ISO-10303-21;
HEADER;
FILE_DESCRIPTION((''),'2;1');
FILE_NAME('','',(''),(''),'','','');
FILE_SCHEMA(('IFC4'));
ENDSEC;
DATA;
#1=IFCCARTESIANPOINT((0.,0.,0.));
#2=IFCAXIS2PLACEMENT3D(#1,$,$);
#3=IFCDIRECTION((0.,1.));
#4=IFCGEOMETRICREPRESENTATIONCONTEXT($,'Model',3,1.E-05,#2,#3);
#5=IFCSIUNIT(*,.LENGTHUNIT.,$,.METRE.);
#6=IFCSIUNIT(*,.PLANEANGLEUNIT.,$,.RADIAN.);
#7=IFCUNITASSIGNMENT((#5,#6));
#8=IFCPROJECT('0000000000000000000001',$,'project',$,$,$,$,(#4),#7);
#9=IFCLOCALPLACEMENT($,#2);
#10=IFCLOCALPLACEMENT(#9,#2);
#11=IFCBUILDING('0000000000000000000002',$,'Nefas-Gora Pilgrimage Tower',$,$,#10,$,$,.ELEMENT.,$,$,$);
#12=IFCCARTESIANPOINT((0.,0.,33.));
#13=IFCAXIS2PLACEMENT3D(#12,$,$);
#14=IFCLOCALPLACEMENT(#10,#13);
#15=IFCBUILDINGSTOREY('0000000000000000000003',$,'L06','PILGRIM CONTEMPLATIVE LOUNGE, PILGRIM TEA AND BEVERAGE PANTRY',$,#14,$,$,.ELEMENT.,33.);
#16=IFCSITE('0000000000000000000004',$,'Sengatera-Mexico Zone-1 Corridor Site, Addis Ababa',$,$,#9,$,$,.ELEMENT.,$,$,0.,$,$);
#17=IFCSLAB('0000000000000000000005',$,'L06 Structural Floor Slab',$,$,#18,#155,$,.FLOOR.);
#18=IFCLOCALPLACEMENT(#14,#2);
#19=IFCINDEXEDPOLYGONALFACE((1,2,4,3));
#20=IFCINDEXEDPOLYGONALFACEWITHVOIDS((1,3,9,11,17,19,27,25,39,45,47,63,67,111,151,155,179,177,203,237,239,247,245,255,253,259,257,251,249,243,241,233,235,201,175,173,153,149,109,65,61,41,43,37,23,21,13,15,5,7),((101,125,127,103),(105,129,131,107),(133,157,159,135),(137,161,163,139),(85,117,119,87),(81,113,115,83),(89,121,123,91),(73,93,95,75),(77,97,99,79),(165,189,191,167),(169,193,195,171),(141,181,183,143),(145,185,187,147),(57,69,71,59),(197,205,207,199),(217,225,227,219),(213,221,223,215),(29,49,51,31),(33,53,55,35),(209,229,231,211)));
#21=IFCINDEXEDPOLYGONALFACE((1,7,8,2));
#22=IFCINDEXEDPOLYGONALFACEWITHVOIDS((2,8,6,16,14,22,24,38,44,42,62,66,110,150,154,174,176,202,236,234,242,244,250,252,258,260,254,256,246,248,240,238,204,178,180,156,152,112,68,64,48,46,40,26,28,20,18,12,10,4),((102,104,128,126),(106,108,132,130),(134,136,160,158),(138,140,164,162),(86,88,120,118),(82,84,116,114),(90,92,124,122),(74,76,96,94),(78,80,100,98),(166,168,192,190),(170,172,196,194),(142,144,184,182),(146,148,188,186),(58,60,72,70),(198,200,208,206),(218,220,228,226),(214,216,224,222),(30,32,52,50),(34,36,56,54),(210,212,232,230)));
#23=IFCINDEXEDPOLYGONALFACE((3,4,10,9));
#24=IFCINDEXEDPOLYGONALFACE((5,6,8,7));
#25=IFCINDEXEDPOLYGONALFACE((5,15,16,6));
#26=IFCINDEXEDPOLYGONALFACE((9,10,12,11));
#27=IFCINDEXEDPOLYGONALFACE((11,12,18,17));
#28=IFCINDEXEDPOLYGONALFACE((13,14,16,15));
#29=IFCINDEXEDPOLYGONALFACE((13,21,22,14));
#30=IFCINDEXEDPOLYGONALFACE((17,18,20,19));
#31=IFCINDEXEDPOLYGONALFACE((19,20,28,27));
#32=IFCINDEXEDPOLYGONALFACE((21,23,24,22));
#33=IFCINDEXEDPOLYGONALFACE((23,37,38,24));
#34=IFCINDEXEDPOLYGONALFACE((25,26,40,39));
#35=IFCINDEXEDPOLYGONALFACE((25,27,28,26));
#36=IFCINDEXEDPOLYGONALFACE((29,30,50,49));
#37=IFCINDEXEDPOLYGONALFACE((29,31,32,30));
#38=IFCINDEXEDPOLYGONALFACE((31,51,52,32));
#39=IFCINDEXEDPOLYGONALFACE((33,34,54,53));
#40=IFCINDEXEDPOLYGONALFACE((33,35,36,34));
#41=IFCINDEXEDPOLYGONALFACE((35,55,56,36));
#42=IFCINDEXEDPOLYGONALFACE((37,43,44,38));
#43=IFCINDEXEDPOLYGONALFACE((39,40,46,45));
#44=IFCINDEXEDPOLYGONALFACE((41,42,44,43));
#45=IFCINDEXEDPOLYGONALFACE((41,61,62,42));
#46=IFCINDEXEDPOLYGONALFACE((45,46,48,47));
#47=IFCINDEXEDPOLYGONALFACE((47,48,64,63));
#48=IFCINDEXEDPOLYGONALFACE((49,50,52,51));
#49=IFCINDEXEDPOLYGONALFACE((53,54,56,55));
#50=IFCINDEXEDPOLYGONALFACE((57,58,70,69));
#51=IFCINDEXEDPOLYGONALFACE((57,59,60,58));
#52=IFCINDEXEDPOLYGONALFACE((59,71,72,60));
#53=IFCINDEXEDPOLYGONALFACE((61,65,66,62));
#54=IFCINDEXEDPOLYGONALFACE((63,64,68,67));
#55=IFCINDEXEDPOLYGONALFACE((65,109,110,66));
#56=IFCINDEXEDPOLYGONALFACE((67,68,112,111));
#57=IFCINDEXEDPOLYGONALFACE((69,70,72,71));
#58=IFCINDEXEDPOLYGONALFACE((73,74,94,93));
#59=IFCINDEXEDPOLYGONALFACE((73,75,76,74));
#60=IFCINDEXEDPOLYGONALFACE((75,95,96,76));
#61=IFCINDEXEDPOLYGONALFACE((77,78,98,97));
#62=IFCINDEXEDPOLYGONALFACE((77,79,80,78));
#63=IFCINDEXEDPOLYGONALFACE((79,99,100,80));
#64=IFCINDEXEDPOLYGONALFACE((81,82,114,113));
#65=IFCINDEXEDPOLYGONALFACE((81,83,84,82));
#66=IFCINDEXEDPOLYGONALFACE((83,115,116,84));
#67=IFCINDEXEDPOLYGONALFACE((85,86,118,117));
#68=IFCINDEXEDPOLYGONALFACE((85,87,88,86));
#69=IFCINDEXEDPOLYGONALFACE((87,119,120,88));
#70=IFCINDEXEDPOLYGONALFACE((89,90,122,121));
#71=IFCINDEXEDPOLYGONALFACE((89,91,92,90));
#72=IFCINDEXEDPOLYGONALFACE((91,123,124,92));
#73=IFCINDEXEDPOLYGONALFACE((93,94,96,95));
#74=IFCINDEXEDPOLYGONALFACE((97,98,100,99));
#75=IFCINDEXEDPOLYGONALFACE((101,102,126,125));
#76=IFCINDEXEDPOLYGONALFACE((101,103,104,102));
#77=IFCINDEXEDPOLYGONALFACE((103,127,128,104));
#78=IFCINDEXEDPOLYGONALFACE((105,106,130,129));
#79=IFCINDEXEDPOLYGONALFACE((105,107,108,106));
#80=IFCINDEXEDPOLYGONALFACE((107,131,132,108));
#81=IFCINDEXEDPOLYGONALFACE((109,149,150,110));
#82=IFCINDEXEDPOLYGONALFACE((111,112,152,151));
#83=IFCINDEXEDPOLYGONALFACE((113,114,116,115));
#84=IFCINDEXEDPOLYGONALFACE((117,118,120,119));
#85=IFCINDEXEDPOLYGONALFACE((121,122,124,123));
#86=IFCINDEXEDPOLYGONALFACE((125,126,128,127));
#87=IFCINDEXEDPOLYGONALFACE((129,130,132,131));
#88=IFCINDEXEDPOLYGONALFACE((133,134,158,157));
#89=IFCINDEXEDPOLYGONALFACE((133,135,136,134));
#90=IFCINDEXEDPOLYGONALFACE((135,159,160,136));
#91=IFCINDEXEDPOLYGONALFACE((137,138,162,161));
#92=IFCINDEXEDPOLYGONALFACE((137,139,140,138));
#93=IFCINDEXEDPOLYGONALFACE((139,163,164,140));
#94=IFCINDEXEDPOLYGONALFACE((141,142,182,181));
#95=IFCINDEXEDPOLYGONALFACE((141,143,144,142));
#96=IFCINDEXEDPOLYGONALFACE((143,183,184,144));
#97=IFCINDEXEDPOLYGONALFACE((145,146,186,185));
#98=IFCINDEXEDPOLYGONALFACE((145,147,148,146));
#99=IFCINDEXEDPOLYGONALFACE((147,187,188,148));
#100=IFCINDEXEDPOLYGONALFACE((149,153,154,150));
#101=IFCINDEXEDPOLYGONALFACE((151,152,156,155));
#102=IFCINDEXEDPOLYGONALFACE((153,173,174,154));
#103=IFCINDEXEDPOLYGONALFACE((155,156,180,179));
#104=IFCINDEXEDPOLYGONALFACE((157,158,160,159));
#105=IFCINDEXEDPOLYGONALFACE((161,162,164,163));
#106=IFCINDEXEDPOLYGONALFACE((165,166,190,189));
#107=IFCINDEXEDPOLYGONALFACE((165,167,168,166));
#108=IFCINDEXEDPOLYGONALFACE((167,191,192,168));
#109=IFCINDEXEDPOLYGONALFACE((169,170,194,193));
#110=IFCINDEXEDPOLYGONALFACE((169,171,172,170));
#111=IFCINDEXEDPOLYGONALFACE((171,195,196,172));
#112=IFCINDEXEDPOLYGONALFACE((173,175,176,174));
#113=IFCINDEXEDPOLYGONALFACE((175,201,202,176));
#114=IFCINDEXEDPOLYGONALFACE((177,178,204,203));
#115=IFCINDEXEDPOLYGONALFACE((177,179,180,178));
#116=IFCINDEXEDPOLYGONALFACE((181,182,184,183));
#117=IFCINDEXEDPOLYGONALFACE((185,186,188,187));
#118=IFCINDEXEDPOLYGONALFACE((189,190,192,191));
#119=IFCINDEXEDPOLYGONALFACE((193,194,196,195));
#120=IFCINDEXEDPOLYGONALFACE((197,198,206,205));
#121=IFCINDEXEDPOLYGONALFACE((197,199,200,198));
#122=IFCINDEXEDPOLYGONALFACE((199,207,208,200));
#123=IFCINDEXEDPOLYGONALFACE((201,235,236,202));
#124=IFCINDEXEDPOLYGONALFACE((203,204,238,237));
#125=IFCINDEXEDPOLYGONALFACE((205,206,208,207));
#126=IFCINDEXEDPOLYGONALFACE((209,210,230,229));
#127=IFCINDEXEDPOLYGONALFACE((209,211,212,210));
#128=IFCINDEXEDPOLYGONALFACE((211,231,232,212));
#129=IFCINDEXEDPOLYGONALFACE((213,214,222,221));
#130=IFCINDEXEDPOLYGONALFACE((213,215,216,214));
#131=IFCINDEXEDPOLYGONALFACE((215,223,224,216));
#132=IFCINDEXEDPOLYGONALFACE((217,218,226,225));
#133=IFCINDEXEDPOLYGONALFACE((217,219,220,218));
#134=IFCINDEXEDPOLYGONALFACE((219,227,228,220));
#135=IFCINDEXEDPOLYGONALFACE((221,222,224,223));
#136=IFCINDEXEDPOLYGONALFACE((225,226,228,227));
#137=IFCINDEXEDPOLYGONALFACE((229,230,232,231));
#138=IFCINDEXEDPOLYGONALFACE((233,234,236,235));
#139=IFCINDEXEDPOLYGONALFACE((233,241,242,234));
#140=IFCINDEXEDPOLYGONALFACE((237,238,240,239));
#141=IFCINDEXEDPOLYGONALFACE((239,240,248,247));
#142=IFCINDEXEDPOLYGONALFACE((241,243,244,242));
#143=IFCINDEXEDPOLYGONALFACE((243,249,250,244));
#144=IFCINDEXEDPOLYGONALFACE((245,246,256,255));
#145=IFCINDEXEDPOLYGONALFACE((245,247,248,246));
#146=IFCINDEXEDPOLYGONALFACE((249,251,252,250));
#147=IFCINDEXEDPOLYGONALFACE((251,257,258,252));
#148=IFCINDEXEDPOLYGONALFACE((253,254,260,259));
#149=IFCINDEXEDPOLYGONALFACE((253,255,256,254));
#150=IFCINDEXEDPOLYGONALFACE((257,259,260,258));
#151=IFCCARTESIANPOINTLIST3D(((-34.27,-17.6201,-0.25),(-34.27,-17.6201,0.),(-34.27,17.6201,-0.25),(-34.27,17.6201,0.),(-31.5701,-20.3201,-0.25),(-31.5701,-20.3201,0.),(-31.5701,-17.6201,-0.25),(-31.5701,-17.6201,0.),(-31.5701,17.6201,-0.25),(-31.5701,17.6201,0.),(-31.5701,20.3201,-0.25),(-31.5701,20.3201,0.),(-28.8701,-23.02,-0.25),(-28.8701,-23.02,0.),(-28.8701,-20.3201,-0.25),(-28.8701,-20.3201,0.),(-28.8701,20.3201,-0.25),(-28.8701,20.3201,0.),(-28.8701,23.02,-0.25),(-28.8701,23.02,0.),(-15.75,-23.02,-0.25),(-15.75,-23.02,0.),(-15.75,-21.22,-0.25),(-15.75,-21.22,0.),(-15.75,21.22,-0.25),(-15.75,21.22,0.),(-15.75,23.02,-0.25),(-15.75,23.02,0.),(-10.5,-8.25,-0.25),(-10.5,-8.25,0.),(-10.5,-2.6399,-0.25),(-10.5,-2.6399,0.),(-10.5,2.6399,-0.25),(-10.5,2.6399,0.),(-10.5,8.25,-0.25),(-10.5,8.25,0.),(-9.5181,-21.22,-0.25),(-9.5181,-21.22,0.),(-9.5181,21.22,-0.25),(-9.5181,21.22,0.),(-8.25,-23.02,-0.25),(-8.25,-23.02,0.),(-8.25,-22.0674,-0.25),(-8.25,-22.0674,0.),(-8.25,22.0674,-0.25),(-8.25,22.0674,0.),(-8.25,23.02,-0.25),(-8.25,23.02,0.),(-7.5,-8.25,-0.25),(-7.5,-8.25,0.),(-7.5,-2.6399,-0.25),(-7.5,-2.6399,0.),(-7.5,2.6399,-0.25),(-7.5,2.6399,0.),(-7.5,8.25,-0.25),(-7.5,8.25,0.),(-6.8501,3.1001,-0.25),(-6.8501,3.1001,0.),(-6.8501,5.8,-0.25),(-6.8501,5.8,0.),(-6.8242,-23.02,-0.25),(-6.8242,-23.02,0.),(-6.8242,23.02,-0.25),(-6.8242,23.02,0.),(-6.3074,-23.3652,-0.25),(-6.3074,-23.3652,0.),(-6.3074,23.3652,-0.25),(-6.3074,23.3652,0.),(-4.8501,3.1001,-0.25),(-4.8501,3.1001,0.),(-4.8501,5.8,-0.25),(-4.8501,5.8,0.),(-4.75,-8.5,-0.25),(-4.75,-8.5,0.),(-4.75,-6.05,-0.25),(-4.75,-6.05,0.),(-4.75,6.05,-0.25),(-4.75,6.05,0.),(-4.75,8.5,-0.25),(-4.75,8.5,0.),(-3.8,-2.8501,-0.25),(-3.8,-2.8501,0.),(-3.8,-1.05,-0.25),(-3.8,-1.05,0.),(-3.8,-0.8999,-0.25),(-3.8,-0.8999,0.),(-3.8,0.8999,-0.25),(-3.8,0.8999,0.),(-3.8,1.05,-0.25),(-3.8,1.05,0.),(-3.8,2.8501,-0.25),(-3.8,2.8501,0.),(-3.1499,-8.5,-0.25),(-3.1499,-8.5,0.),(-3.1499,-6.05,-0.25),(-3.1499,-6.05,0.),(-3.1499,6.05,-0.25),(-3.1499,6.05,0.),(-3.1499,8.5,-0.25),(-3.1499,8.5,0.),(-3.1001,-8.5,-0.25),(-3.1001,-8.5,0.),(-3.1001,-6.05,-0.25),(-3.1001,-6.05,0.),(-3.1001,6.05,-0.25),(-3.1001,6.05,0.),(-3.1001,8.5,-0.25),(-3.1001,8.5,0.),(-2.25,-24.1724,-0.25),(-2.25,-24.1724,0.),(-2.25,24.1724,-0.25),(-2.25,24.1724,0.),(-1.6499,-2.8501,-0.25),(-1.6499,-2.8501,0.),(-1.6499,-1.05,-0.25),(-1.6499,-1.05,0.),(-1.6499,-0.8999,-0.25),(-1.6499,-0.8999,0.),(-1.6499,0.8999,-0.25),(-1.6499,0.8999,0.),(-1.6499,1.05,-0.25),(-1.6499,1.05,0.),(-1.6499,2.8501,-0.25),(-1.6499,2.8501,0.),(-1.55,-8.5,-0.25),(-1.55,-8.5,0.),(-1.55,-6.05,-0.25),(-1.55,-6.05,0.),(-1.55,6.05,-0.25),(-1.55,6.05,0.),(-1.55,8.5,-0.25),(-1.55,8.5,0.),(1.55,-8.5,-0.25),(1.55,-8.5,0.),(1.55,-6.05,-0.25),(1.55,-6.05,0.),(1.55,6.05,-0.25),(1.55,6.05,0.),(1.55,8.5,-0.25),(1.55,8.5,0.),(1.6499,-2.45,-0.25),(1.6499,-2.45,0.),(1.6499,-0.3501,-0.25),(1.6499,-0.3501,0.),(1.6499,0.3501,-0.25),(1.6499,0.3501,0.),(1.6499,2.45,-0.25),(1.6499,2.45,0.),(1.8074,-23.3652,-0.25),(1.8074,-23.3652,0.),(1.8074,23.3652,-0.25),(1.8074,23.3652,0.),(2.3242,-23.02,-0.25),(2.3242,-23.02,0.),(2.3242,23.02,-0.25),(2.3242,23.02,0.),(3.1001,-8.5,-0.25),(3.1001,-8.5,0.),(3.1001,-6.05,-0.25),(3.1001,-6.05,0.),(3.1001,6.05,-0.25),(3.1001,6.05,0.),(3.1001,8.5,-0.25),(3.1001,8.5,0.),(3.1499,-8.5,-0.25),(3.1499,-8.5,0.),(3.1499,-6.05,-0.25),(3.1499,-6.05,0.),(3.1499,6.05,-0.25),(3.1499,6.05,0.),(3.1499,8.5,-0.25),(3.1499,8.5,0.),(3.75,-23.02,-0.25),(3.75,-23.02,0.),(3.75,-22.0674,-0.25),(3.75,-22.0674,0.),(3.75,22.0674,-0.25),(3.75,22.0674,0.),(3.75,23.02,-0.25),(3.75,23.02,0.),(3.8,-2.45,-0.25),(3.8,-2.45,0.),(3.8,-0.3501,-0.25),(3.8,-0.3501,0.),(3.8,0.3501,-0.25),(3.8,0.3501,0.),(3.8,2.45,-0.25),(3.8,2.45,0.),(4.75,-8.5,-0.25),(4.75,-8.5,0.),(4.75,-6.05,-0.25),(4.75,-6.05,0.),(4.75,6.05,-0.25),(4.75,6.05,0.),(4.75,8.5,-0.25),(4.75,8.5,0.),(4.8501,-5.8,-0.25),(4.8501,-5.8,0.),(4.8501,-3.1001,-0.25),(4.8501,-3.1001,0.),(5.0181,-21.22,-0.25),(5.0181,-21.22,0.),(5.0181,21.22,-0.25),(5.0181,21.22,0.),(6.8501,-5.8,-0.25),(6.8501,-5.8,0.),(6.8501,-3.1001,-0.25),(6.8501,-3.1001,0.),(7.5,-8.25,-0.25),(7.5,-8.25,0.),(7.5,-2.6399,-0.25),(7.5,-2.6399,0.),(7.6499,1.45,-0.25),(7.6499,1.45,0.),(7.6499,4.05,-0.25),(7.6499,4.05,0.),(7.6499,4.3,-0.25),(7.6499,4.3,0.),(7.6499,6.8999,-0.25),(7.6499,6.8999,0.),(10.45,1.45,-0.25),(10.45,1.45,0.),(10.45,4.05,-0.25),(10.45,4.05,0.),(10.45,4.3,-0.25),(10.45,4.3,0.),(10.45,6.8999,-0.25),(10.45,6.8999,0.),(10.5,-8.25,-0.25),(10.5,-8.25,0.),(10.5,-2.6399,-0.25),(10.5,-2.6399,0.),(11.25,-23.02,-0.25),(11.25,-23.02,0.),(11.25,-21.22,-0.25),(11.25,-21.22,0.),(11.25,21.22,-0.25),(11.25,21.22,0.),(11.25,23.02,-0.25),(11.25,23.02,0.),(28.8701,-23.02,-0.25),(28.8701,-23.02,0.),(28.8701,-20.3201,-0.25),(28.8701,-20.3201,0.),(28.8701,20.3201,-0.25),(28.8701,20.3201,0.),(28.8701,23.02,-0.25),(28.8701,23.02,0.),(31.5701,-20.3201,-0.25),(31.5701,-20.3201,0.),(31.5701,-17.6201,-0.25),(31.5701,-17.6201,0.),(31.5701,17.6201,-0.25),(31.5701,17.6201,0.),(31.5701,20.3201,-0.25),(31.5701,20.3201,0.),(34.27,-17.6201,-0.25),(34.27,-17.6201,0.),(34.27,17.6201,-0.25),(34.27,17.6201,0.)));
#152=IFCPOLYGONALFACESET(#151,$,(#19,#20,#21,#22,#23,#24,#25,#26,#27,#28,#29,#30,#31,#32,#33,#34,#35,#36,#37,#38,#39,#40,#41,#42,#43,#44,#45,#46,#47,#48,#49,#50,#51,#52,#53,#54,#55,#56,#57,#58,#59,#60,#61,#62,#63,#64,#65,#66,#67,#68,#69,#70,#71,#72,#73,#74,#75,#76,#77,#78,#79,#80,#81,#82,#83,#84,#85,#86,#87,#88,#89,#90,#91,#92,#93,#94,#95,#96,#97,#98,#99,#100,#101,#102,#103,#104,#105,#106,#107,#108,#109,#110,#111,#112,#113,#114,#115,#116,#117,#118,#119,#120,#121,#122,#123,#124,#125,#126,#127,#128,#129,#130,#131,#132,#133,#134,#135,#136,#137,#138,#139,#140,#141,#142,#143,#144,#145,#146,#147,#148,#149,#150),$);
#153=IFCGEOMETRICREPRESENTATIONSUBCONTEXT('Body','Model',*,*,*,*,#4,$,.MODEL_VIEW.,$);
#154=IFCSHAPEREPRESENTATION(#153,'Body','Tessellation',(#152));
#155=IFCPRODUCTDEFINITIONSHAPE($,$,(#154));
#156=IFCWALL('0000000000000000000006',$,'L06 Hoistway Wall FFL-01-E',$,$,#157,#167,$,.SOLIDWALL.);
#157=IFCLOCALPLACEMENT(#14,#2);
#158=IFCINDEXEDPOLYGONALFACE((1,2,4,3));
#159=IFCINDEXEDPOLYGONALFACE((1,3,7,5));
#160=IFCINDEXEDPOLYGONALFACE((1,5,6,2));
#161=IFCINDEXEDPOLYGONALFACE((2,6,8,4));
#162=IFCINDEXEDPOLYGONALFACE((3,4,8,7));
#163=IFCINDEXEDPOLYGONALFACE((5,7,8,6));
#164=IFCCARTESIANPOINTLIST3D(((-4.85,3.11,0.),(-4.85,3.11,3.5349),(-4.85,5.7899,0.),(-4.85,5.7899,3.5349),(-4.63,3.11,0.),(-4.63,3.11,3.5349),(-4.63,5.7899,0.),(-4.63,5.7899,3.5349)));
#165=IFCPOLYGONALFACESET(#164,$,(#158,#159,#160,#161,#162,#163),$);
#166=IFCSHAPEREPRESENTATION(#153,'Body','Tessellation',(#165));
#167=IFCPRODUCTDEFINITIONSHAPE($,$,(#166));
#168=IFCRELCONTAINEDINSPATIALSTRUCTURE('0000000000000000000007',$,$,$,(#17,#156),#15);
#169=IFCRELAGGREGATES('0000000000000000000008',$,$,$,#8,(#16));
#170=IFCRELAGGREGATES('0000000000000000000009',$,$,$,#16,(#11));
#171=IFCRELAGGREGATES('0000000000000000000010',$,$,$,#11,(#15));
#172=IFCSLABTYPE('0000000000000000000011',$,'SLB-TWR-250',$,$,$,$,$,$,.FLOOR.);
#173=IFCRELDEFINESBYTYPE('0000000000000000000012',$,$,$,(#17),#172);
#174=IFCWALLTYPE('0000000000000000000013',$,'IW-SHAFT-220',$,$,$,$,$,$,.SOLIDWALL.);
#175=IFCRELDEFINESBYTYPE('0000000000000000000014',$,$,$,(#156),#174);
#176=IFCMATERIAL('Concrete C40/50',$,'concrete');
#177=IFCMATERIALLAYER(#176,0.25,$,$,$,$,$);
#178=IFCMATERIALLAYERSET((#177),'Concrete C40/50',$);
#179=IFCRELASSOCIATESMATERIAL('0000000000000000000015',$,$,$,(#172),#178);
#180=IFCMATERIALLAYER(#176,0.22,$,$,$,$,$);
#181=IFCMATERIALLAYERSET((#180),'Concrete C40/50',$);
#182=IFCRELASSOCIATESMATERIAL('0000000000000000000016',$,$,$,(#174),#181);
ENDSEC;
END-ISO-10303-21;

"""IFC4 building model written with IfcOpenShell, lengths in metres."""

from ifc_helpers import new_model, si_unit, direction, frame, frame_2d, origin, place, context, subcontext, project, spatial, polyline, rectangle, outline, extrude, source, transform, mapped, material, layer, layer_set, type_object, element, save


model = new_model("IFC4")

# Units and contexts
model_context = context("Model", 3, precision=1e-05, world=origin(), true_north=direction((0.0, 1.0)))
body_context = subcontext(model_context, "Body", "Model", "MODEL_VIEW")
ifc_project = project(units=[si_unit("LENGTHUNIT", "METRE"), si_unit("PLANEANGLEUNIT", "RADIAN")], contexts=[model_context])

# Site, building, storey
site_placement = place(None, origin())
site = spatial("IfcSite", under=ifc_project, at=site_placement, Name="Sengatera-Mexico Zone-1 Corridor Site, Addis Ababa", CompositionType="ELEMENT", RefElevation=0.0)
building_placement = place(site_placement, origin())
building = spatial("IfcBuilding", under=site, at=building_placement, Name="Nefas-Gora Pilgrimage Tower", CompositionType="ELEMENT")
storey_placement = place(building_placement, frame((0.0, 0.0, 33.0)))
storey = spatial("IfcBuildingStorey", under=building, at=storey_placement, Name="L06", Description="PILGRIM CONTEMPLATIVE LOUNGE, PILGRIM TEA AND BEVERAGE PANTRY", CompositionType="ELEMENT", Elevation=33.0)

# Slab
ifc_material_1 = material(Name="Concrete C40/50", Category="concrete")
ifc_layer_1 = layer(ifc_material_1, 0.25)
ifc_layer_set_1 = layer_set([ifc_layer_1], Name="Concrete C40/50")
slab_type_1 = type_object("IfcSlabType", Name="SLB-TWR-250", PredefinedType="FLOOR", material=ifc_layer_set_1)
slab_1_placement = place(storey_placement, frame((0.0, 0.0, -0.25)))
element("IfcSlab", 1, at=slab_1_placement, inside=storey, type_object=slab_type_1, Name="L06 Structural Floor Slab", PredefinedType="FLOOR", context=body_context, shape_type="SweptSolid", body=[
    extrude(outline(polyline([(5.0181, -21.22), (11.25, -21.22), (11.25, -23.02), (28.8701, -23.02), (28.8701, -20.3201), (31.5701, -20.3201), (31.5701, -17.6201), (34.27, -17.6201), (34.27, 17.6201), (31.5701, 17.6201), (31.5701, 20.3201), (28.8701, 20.3201), (28.8701, 23.02), (11.25, 23.02), (11.25, 21.22), (5.0181, 21.22), (3.75, 22.0674), (3.75, 23.02), (2.3242, 23.02), (1.8074, 23.3652), (-2.25, 24.1724), (-6.3074, 23.3652), (-6.8242, 23.02), (-8.25, 23.02), (-8.25, 22.0674), (-9.5181, 21.22), (-15.75, 21.22), (-15.75, 23.02), (-28.8701, 23.02), (-28.8701, 20.3201), (-31.5701, 20.3201), (-31.5701, 17.6201), (-34.27, 17.6201), (-34.27, -17.6201), (-31.5701, -17.6201), (-31.5701, -20.3201), (-28.8701, -20.3201), (-28.8701, -23.02), (-15.75, -23.02), (-15.75, -21.22), (-9.5181, -21.22), (-8.25, -22.0674), (-8.25, -23.02), (-6.8242, -23.02), (-6.3074, -23.3652), (-2.25, -24.1724), (1.8074, -23.3652), (2.3242, -23.02), (3.75, -23.02), (3.75, -22.0674), (5.0181, -21.22)]), holes=[polyline([(-10.5, 2.6399), (-10.5, 8.25), (-7.5, 8.25), (-7.5, 2.6399), (-10.5, 2.6399)]), polyline([(10.5, -2.6399), (10.5, -8.25), (7.5, -8.25), (7.5, -2.6399), (10.5, -2.6399)]), polyline([(-7.5, -2.6399), (-7.5, -8.25), (-10.5, -8.25), (-10.5, -2.6399), (-7.5, -2.6399)]), polyline([(-6.8501, 5.8), (-4.8501, 5.8), (-4.8501, 3.1001), (-6.8501, 3.1001), (-6.8501, 5.8)]), polyline([(4.8501, -3.1001), (6.8501, -3.1001), (6.8501, -5.8), (4.8501, -5.8), (4.8501, -3.1001)]), polyline([(7.6499, 4.05), (10.45, 4.05), (10.45, 1.45), (7.6499, 1.45), (7.6499, 4.05)]), polyline([(7.6499, 6.8999), (10.45, 6.8999), (10.45, 4.3), (7.6499, 4.3), (7.6499, 6.8999)]), polyline([(-4.75, 8.5), (-3.1499, 8.5), (-3.1499, 6.05), (-4.75, 6.05), (-4.75, 8.5)]), polyline([(-3.1001, 8.5), (-1.55, 8.5), (-1.55, 6.05), (-3.1001, 6.05), (-3.1001, 8.5)]), polyline([(1.55, 8.5), (3.1001, 8.5), (3.1001, 6.05), (1.55, 6.05), (1.55, 8.5)]), polyline([(3.1499, 8.5), (4.75, 8.5), (4.75, 6.05), (3.1499, 6.05), (3.1499, 8.5)]), polyline([(-4.75, -6.05), (-3.1499, -6.05), (-3.1499, -8.5), (-4.75, -8.5), (-4.75, -6.05)]), polyline([(-3.1001, -6.05), (-1.55, -6.05), (-1.55, -8.5), (-3.1001, -8.5), (-3.1001, -6.05)]), polyline([(1.55, -6.05), (3.1001, -6.05), (3.1001, -8.5), (1.55, -8.5), (1.55, -6.05)]), polyline([(3.1499, -6.05), (4.75, -6.05), (4.75, -8.5), (3.1499, -8.5), (3.1499, -6.05)]), polyline([(-3.8, -1.05), (-1.6499, -1.05), (-1.6499, -2.8501), (-3.8, -2.8501), (-3.8, -1.05)]), polyline([(-3.8, 0.8999), (-1.6499, 0.8999), (-1.6499, -0.8999), (-3.8, -0.8999), (-3.8, 0.8999)]), polyline([(-3.8, 2.8501), (-1.6499, 2.8501), (-1.6499, 1.05), (-3.8, 1.05), (-3.8, 2.8501)]), polyline([(1.6499, -0.3501), (3.8, -0.3501), (3.8, -2.45), (1.6499, -2.45), (1.6499, -0.3501)]), polyline([(1.6499, 2.45), (3.8, 2.45), (3.8, 0.3501), (1.6499, 0.3501), (1.6499, 2.45)])]), origin(), (0.0, 0.0, 1.0), 0.25),
])

# Wall
ifc_layer_2 = layer(ifc_material_1, 0.22)
ifc_layer_set_2 = layer_set([ifc_layer_2], Name="Concrete C40/50")
wall_type_1 = type_object("IfcWallType", Name="IW-SHAFT-220", PredefinedType="SOLIDWALL", material=ifc_layer_set_2)
shared_shape_1 = source(origin(), body_context, "Body", "SweptSolid", [
    extrude(rectangle(XDim=2.6799, YDim=0.22, at=frame_2d((1.3398, 0.0))), origin(), (0.0, 0.0, 1.0), 3.5349),
])
wall_1_placement = place(storey_placement, frame((-4.74, 3.1101, 0.0), z_axis=(0.0, 0.0, 1.0), x_axis=(0.0, 1.0, 0.0)))
element("IfcWall", 2, at=wall_1_placement, inside=storey, type_object=wall_type_1, Name="L06 Hoistway Wall FFL-01-E", PredefinedType="SOLIDWALL", context=body_context, shape_type="MappedRepresentation", body=[
    mapped(shared_shape_1, transform((0.0, 0.0, 0.0), x_axis=(1.0, 0.0, 0.0), y_axis=(0.0, 1.0, 0.0), z_axis=(0.0, 0.0, 1.0), scale=1.0)),
])

save(model, "model.ifc")
